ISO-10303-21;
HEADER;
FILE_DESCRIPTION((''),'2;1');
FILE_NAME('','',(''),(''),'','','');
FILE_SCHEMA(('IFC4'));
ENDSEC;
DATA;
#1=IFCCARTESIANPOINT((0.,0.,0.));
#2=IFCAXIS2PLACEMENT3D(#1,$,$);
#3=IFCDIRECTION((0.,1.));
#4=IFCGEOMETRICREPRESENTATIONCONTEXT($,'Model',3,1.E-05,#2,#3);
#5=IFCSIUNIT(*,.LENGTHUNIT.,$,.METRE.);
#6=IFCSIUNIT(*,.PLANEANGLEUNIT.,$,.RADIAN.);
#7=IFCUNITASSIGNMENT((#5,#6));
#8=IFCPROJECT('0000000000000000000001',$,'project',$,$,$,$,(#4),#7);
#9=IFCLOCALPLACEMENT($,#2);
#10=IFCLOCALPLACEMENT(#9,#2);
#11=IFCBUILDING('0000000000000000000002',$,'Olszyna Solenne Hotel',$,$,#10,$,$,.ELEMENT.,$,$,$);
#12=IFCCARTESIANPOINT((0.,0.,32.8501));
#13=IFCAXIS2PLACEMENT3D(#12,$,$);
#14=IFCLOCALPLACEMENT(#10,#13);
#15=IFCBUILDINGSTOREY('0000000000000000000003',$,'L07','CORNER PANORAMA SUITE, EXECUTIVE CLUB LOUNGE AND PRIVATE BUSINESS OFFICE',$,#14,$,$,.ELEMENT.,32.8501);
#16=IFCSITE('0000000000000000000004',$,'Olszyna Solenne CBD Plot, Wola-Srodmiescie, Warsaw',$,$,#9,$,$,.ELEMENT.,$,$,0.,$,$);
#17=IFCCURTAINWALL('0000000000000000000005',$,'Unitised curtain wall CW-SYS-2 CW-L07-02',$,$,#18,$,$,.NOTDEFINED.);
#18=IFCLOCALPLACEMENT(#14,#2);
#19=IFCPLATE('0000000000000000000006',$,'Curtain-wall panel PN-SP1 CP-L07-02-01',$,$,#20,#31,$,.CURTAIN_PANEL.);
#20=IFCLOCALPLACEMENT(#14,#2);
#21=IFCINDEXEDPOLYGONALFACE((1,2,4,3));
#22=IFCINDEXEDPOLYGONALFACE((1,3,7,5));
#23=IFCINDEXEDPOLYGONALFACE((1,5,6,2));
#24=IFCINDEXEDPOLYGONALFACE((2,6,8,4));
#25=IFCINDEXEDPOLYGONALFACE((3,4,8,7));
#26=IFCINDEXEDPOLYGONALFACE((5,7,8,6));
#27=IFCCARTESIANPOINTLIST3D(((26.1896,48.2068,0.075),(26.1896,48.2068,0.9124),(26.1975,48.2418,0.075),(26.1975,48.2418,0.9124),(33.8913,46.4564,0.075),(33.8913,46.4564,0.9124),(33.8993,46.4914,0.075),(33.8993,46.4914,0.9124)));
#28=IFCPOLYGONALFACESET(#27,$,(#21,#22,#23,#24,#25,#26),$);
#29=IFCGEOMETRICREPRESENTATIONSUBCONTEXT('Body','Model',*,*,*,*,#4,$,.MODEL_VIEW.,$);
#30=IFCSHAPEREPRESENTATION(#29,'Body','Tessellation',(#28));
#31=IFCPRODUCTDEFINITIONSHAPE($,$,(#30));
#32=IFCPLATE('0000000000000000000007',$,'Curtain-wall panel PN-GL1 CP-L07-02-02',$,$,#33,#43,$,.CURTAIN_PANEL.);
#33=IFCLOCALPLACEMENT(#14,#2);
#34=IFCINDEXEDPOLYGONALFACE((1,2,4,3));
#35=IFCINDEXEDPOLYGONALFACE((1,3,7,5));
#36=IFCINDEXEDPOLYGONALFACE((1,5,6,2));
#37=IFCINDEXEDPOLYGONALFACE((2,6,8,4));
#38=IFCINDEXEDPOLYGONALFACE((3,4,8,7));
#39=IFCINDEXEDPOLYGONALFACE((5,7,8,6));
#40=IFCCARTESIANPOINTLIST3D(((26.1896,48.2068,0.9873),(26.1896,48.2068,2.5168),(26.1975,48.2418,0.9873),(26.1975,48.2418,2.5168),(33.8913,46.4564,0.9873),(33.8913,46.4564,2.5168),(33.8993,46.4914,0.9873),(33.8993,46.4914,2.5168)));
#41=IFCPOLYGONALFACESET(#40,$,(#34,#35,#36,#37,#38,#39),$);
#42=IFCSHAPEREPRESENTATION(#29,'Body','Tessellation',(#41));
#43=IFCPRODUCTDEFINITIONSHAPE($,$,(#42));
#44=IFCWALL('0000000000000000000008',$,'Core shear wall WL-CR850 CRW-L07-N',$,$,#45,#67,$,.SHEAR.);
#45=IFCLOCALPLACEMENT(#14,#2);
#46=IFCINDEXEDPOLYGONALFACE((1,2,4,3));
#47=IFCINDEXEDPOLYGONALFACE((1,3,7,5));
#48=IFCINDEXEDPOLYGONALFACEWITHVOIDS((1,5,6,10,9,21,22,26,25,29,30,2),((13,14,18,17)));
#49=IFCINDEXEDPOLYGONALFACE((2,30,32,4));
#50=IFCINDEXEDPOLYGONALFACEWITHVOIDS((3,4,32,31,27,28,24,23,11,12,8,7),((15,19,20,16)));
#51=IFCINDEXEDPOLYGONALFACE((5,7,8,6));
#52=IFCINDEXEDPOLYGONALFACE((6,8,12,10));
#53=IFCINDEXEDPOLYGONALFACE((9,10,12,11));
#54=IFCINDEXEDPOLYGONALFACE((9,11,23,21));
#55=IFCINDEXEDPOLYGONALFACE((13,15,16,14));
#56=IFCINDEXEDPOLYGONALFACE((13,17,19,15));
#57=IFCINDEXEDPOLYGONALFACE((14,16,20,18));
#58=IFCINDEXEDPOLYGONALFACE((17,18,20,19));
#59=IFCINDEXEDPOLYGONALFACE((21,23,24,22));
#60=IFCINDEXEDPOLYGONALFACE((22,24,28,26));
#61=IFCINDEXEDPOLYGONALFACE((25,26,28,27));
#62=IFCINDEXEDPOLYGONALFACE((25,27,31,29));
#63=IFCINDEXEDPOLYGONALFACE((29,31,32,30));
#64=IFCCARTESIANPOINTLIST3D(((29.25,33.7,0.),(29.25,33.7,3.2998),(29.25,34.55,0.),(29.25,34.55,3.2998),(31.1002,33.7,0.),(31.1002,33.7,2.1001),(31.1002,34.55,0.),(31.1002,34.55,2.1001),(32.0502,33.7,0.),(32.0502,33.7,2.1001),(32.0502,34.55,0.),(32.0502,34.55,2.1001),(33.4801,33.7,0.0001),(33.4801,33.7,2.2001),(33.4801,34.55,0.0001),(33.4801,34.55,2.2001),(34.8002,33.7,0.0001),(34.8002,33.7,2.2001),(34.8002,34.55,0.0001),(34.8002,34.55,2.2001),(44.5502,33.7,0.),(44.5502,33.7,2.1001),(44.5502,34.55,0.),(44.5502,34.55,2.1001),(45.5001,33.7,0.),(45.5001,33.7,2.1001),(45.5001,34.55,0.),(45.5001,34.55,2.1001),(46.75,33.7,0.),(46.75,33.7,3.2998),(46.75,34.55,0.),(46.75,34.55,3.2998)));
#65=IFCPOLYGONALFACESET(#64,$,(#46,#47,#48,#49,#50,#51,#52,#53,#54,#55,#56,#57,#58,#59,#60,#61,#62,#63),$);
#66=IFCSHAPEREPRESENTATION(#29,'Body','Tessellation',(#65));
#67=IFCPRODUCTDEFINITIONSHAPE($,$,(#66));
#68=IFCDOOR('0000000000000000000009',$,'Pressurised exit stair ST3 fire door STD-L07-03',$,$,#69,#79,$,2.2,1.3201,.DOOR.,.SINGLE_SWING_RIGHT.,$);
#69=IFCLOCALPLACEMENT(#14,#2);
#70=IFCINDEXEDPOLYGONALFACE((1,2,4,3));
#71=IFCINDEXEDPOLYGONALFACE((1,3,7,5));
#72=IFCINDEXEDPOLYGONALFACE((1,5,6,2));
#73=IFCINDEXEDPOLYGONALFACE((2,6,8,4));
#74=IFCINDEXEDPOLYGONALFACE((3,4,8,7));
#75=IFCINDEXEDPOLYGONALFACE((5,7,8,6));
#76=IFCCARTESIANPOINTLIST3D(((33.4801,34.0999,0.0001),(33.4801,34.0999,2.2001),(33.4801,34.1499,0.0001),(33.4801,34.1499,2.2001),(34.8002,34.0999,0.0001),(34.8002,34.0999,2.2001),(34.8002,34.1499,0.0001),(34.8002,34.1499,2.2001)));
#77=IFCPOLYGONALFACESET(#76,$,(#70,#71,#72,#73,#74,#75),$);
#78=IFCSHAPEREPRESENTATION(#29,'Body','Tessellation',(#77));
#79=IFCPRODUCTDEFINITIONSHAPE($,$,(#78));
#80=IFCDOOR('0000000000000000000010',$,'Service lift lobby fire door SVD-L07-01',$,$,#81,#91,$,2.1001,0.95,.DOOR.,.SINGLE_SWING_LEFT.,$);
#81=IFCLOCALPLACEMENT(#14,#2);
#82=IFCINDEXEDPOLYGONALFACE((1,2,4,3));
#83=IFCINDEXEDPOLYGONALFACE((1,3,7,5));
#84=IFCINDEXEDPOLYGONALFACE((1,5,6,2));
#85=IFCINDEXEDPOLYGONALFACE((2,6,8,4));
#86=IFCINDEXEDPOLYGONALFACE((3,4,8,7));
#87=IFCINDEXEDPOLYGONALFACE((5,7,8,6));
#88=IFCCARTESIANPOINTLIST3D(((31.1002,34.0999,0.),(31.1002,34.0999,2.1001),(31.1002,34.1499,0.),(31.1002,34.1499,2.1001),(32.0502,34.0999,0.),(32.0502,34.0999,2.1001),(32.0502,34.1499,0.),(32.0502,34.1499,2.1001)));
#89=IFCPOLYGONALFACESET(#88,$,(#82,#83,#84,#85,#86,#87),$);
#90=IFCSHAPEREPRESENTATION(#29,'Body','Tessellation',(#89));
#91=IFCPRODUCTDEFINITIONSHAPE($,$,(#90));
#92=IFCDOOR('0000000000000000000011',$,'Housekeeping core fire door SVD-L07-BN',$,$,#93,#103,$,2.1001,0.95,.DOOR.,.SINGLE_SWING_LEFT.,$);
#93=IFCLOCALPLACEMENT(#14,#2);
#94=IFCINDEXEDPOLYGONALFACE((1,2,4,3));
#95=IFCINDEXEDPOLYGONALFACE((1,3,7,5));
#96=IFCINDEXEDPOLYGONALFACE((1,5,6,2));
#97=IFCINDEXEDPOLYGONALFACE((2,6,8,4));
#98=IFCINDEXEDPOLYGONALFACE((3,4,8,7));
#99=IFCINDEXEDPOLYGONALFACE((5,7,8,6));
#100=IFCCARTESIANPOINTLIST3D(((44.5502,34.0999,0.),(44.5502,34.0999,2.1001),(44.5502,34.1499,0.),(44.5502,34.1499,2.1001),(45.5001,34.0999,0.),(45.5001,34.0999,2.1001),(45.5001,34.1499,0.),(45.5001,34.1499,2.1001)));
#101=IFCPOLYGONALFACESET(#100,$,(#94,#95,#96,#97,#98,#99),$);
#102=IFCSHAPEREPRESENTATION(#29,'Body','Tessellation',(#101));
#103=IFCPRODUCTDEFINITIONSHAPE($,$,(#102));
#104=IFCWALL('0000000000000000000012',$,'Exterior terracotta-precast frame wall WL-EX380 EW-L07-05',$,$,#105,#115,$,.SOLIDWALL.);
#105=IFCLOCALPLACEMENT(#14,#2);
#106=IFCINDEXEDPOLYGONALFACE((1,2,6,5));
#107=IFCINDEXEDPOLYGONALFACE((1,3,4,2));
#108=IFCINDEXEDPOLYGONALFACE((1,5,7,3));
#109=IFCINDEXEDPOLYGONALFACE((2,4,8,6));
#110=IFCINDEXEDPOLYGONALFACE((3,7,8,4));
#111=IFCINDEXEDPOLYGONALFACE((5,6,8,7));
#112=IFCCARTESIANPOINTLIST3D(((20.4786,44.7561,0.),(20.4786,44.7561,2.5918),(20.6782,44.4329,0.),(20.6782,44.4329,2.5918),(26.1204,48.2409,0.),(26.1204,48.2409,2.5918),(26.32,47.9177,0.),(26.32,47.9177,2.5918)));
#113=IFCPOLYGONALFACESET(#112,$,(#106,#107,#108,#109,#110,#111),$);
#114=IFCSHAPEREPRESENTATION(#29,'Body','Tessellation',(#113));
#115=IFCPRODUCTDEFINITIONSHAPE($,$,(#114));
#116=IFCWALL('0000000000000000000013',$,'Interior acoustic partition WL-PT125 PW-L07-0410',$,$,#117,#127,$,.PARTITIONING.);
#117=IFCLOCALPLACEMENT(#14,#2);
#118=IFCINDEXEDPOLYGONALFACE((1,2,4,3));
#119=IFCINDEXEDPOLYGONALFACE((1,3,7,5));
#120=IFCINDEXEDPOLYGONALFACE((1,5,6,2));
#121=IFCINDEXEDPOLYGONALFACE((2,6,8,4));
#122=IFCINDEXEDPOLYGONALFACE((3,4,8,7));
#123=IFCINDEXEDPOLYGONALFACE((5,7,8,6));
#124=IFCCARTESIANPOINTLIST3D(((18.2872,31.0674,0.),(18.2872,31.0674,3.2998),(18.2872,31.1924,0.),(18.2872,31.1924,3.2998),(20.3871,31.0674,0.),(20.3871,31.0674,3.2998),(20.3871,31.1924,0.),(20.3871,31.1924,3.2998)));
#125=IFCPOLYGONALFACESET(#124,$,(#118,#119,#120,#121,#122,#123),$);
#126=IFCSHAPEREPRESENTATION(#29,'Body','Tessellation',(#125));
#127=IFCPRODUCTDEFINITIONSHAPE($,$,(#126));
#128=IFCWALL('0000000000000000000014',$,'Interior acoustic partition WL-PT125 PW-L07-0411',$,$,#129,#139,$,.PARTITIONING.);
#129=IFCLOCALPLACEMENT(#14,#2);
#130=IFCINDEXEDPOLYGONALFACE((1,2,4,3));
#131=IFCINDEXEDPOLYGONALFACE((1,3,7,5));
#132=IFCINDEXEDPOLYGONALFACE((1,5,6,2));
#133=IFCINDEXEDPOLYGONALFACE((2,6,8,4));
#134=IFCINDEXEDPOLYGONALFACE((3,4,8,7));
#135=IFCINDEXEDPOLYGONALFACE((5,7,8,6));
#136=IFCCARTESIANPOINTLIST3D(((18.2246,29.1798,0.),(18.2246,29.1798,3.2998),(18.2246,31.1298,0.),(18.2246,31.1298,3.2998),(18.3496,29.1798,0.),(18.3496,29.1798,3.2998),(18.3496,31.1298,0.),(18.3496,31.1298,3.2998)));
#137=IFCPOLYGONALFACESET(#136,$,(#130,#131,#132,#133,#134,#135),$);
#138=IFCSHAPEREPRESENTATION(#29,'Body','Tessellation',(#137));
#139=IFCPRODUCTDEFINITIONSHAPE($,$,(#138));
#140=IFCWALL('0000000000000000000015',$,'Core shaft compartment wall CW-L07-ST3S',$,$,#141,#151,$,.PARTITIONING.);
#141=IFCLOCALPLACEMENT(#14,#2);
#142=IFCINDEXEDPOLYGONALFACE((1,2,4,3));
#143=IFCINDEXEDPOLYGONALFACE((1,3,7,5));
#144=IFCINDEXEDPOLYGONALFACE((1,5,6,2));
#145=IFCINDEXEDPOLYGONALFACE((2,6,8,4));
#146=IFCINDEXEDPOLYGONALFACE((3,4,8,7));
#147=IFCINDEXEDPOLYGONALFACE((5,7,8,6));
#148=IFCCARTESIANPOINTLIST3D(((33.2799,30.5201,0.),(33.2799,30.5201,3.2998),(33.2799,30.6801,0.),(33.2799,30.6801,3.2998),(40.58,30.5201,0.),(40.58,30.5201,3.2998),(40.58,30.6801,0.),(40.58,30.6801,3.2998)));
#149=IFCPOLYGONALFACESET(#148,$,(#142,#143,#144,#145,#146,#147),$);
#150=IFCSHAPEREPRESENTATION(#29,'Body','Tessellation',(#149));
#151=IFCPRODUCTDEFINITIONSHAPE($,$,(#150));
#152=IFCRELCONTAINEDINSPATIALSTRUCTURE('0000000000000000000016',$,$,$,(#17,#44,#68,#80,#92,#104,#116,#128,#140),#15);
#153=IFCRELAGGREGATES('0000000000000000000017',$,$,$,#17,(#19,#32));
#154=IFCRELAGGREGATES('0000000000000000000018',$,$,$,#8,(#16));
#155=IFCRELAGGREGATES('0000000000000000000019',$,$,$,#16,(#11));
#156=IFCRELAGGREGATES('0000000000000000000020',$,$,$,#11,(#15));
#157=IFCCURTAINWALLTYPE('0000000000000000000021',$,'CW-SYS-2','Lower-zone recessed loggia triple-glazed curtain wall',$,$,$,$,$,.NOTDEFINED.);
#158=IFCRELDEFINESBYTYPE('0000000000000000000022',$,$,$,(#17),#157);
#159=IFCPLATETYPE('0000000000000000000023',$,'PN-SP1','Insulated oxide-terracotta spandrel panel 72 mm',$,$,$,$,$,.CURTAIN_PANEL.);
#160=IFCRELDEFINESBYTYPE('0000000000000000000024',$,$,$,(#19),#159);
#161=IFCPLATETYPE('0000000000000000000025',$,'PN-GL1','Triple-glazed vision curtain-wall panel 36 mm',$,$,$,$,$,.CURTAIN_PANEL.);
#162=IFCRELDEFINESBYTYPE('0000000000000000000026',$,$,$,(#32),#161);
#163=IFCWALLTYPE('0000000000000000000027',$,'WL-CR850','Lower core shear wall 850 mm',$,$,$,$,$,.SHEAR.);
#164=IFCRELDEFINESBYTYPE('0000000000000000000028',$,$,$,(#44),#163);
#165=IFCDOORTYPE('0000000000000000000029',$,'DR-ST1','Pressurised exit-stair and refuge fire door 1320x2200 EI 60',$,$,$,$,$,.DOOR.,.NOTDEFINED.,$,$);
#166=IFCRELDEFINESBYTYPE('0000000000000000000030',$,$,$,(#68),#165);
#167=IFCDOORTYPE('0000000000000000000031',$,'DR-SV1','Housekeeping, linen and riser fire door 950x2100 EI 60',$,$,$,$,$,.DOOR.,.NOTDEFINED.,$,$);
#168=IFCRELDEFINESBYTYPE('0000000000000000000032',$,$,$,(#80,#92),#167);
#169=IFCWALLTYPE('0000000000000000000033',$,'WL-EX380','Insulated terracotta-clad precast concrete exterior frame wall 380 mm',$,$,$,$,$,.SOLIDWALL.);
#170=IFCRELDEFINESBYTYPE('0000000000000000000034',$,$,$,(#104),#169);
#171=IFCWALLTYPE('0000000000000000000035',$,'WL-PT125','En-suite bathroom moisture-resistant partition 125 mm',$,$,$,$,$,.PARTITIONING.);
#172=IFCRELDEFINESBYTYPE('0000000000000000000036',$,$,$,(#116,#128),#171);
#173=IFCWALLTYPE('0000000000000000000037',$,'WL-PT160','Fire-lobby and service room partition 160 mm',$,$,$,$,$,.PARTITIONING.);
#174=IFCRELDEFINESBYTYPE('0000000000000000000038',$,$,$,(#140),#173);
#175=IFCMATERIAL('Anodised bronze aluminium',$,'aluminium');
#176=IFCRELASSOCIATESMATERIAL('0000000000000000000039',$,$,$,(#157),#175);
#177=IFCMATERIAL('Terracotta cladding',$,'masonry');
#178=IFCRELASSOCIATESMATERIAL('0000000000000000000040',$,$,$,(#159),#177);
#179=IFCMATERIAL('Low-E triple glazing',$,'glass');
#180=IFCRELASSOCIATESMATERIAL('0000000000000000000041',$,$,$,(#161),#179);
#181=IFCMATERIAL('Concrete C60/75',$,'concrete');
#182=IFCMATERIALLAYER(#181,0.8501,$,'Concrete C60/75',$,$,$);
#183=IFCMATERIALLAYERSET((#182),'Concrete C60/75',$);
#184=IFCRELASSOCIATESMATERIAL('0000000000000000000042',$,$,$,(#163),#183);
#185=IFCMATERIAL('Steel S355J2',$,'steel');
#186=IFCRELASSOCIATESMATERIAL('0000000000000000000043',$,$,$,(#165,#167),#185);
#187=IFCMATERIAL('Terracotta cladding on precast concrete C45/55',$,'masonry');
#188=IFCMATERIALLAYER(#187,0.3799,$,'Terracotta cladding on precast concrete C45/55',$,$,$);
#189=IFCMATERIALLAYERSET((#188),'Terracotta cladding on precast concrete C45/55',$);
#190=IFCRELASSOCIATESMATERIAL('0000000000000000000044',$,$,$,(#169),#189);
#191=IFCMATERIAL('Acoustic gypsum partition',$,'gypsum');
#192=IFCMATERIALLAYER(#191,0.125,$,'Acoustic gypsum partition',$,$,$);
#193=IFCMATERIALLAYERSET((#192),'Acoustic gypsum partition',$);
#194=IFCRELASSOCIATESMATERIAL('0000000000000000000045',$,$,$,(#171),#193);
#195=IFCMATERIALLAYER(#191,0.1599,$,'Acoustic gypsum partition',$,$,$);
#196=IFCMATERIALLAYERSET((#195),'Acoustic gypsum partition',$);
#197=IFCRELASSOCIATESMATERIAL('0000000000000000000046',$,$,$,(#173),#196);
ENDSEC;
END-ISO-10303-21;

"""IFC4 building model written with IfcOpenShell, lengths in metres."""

from ifc_helpers import new_model, si_unit, direction, frame, frame_2d, origin, origin_2d, place, context, subcontext, project, spatial, rectangle, extrude, source, transform, mapped, material, layer, layer_set, type_object, type_shapes, element, fill, aggregate, save


model = new_model("IFC4")

# Units and contexts
model_context = context("Model", 3, precision=1e-05, world=origin(), true_north=direction((0.0, 1.0)))
body_context = subcontext(model_context, "Body", "Model", "MODEL_VIEW")
ifc_project = project(units=[si_unit("LENGTHUNIT", "METRE"), si_unit("PLANEANGLEUNIT", "RADIAN")], contexts=[model_context])

# Site, building, storey
site_placement = place(None, origin())
site = spatial("IfcSite", under=ifc_project, at=site_placement, Name="Olszyna Solenne CBD Plot, Wola-Srodmiescie, Warsaw", CompositionType="ELEMENT", RefElevation=0.0)
building_placement = place(site_placement, origin())
building = spatial("IfcBuilding", under=site, at=building_placement, Name="Olszyna Solenne Hotel", CompositionType="ELEMENT")
storey_placement = place(building_placement, frame((0.0, 0.0, 32.8501)))
storey = spatial("IfcBuildingStorey", under=building, at=storey_placement, Name="L07", Description="CORNER PANORAMA SUITE, EXECUTIVE CLUB LOUNGE AND PRIVATE BUSINESS OFFICE", CompositionType="ELEMENT", Elevation=32.8501)

# Shared definitions
ifc_material_1 = material(Name="Steel S355J2", Category="steel")

# Curtain wall
ifc_material_2 = material(Name="Anodised bronze aluminium", Category="aluminium")
curtain_wall_type = type_object("IfcCurtainWallType", Name="CW-SYS-2", Description="Lower-zone recessed loggia triple-glazed curtain wall", PredefinedType="NOTDEFINED", material=ifc_material_2)
curtain_wall_placement = place(storey_placement, origin())
curtain_wall = element("IfcCurtainWall", 1, at=curtain_wall_placement, inside=storey, type_object=curtain_wall_type, Name="Unitised curtain wall CW-SYS-2 CW-L07-02", PredefinedType="NOTDEFINED")

# Plates
ifc_material_3 = material(Name="Terracotta cladding", Category="masonry")
plate_type_1 = type_object("IfcPlateType", Name="PN-SP1", Description="Insulated oxide-terracotta spandrel panel 72 mm", PredefinedType="CURTAIN_PANEL", material=ifc_material_3)
shared_shape_1 = source(origin(), body_context, "Body", "SweptSolid", [
    extrude(rectangle(XDim=7.8982, YDim=0.0359, at=origin_2d()), origin(), (0.0, 0.0, 1.0), 0.8374),
])
plate_1_placement = place(storey_placement, frame((30.0444, 47.3491, 0.075), z_axis=(0.0, 0.0, 1.0), x_axis=(0.975133, -0.221622, 0.0)))
plate_1 = element("IfcPlate", 2, at=plate_1_placement, type_object=plate_type_1, Name="Curtain-wall panel PN-SP1 CP-L07-02-01", PredefinedType="CURTAIN_PANEL", context=body_context, shape_type="MappedRepresentation", body=[
    mapped(shared_shape_1, transform((0.0, 0.0, 0.0), x_axis=(1.0, 0.0, 0.0), y_axis=(0.0, 1.0, 0.0), z_axis=(0.0, 0.0, 1.0), scale=1.0)),
])
ifc_material_4 = material(Name="Low-E triple glazing", Category="glass")
plate_type_2 = type_object("IfcPlateType", Name="PN-GL1", Description="Triple-glazed vision curtain-wall panel 36 mm", PredefinedType="CURTAIN_PANEL", material=ifc_material_4)
shared_shape_2 = source(origin(), body_context, "Body", "SweptSolid", [
    extrude(rectangle(XDim=7.8982, YDim=0.0359, at=origin_2d()), origin(), (0.0, 0.0, 1.0), 1.5295),
])
plate_2_placement = place(storey_placement, frame((30.0444, 47.3491, 0.9873), z_axis=(0.0, 0.0, 1.0), x_axis=(0.975133, -0.221622, 0.0)))
plate_2 = element("IfcPlate", 3, at=plate_2_placement, type_object=plate_type_2, Name="Curtain-wall panel PN-GL1 CP-L07-02-02", PredefinedType="CURTAIN_PANEL", context=body_context, shape_type="MappedRepresentation", body=[
    mapped(shared_shape_2, transform((0.0, 0.0, 0.0), x_axis=(1.0, 0.0, 0.0), y_axis=(0.0, 1.0, 0.0), z_axis=(0.0, 0.0, 1.0), scale=1.0)),
])
aggregate(curtain_wall, [plate_1, plate_2])

# Wall, openings, doors
ifc_material_5 = material(Name="Concrete C60/75", Category="concrete")
ifc_layer_1 = layer(ifc_material_5, 0.8501, Name="Concrete C60/75")
ifc_layer_set_1 = layer_set([ifc_layer_1], Name="Concrete C60/75")
wall_type_1 = type_object("IfcWallType", Name="WL-CR850", Description="Lower core shear wall 850 mm", PredefinedType="SHEAR", material=ifc_layer_set_1)
wall_1_placement = place(storey_placement, frame((29.25, 34.125, 0.0), z_axis=(0.0, 0.0, 1.0), x_axis=(1.0, 0.0, 0.0)))
wall_1 = element("IfcWall", 4, at=wall_1_placement, inside=storey, type_object=wall_type_1, Name="Core shear wall WL-CR850 CRW-L07-N", PredefinedType="SHEAR", context=body_context, shape_type="SweptSolid", body=[
    extrude(rectangle(XDim=17.5, YDim=0.8501, at=frame_2d((8.75, 0.0))), origin(), (0.0, 0.0, 1.0), 3.2998),
])
opening_1_placement = place(wall_1_placement, frame((1.8501, 0.0, 0.0)))
opening_1 = element("IfcOpeningElement", 5, at=opening_1_placement, cuts=wall_1, PredefinedType="OPENING", context=body_context, shape_type="SweptSolid", body=[
    extrude(rectangle(XDim=0.95, YDim=2.1001, at=frame_2d((0.4751, 1.05))), frame((0.0, 0.4351, 0.0), z_axis=(0.0, -1.0, 0.0), x_axis=(1.0, 0.0, 0.0)), (0.0, 0.0, 1.0), 0.8701),
])
opening_2_placement = place(wall_1_placement, frame((4.23, 0.0, 0.0)))
opening_2 = element("IfcOpeningElement", 6, at=opening_2_placement, cuts=wall_1, PredefinedType="OPENING", context=body_context, shape_type="SweptSolid", body=[
    extrude(rectangle(XDim=1.3201, YDim=2.2, at=frame_2d((0.6602, 1.1001))), frame((0.0, 0.4351, 0.0), z_axis=(0.0, -1.0, 0.0), x_axis=(1.0, 0.0, 0.0)), (0.0, 0.0, 1.0), 0.8701),
])
opening_3_placement = place(wall_1_placement, frame((15.3, 0.0, 0.0)))
opening_3 = element("IfcOpeningElement", 7, at=opening_3_placement, cuts=wall_1, PredefinedType="OPENING", context=body_context, shape_type="SweptSolid", body=[
    extrude(rectangle(XDim=0.95, YDim=2.1001, at=frame_2d((0.4751, 1.05))), frame((0.0, 0.4351, 0.0), z_axis=(0.0, -1.0, 0.0), x_axis=(1.0, 0.0, 0.0)), (0.0, 0.0, 1.0), 0.8701),
])
door_type_1 = type_object("IfcDoorType", Name="DR-ST1", Description="Pressurised exit-stair and refuge fire door 1320x2200 EI 60", OperationType="NOTDEFINED", PredefinedType="DOOR", material=ifc_material_1)
shared_shape_3 = source(origin(), body_context, "Body", "SweptSolid", [
    extrude(rectangle(XDim=1.3201, YDim=2.2, at=frame_2d((0.6602, 1.1001))), frame((0.0, 0.0249, 0.0), z_axis=(0.0, -1.0, 0.0), x_axis=(1.0, 0.0, 0.0)), (0.0, 0.0, 1.0), 0.05),
])
type_shapes(door_type_1, [shared_shape_3])
door_1_placement = place(opening_2_placement, origin())
door_1 = element("IfcDoor", 8, at=door_1_placement, inside=storey, type_object=door_type_1, Name="Pressurised exit stair ST3 fire door STD-L07-03", OperationType="SINGLE_SWING_RIGHT", OverallHeight=2.2, OverallWidth=1.3201, PredefinedType="DOOR", context=body_context, shape_type="MappedRepresentation", body=[
    mapped(shared_shape_3, transform((0.0, 0.0, 0.0), x_axis=(1.0, 0.0, 0.0), y_axis=(0.0, 1.0, 0.0), z_axis=(0.0, 0.0, 1.0), scale=1.0)),
])
fill(opening_2, door_1)
door_type_2 = type_object("IfcDoorType", Name="DR-SV1", Description="Housekeeping, linen and riser fire door 950x2100 EI 60", OperationType="NOTDEFINED", PredefinedType="DOOR", material=ifc_material_1)
shared_shape_4 = source(origin(), body_context, "Body", "SweptSolid", [
    extrude(rectangle(XDim=0.95, YDim=2.1001, at=frame_2d((0.4751, 1.05))), frame((0.0, 0.0249, 0.0), z_axis=(0.0, -1.0, 0.0), x_axis=(1.0, 0.0, 0.0)), (0.0, 0.0, 1.0), 0.05),
])
type_shapes(door_type_2, [shared_shape_4])
door_2_placement = place(opening_1_placement, origin())
door_2 = element("IfcDoor", 9, at=door_2_placement, inside=storey, type_object=door_type_2, Name="Service lift lobby fire door SVD-L07-01", OperationType="SINGLE_SWING_LEFT", OverallHeight=2.1001, OverallWidth=0.95, PredefinedType="DOOR", context=body_context, shape_type="MappedRepresentation", body=[
    mapped(shared_shape_4, transform((0.0, 0.0, 0.0), x_axis=(1.0, 0.0, 0.0), y_axis=(0.0, 1.0, 0.0), z_axis=(0.0, 0.0, 1.0), scale=1.0)),
])
fill(opening_1, door_2)
door_3_placement = place(opening_3_placement, origin())
door_3 = element("IfcDoor", 10, at=door_3_placement, inside=storey, type_object=door_type_2, Name="Housekeeping core fire door SVD-L07-BN", OperationType="SINGLE_SWING_LEFT", OverallHeight=2.1001, OverallWidth=0.95, PredefinedType="DOOR", context=body_context, shape_type="MappedRepresentation", body=[
    mapped(shared_shape_4, transform((0.0, 0.0, 0.0), x_axis=(1.0, 0.0, 0.0), y_axis=(0.0, 1.0, 0.0), z_axis=(0.0, 0.0, 1.0), scale=1.0)),
])
fill(opening_3, door_3)

# Walls
ifc_material_6 = material(Name="Terracotta cladding on precast concrete C45/55", Category="masonry")
ifc_layer_2 = layer(ifc_material_6, 0.3799, Name="Terracotta cladding on precast concrete C45/55")
ifc_layer_set_2 = layer_set([ifc_layer_2], Name="Terracotta cladding on precast concrete C45/55")
wall_type_2 = type_object("IfcWallType", Name="WL-EX380", Description="Insulated terracotta-clad precast concrete exterior frame wall 380 mm", PredefinedType="SOLIDWALL", material=ifc_layer_set_2)
wall_2_placement = place(storey_placement, frame((20.5784, 44.5945, 0.0), z_axis=(0.0, 0.0, 1.0), x_axis=(0.850785, 0.525514, 0.0)))
element("IfcWall", 11, at=wall_2_placement, inside=storey, type_object=wall_type_2, Name="Exterior terracotta-precast frame wall WL-EX380 EW-L07-05", PredefinedType="SOLIDWALL", context=body_context, shape_type="SweptSolid", body=[
    extrude(rectangle(XDim=6.6313, YDim=0.3799, at=frame_2d((3.3157, 0.0))), origin(), (0.0, 0.0, 1.0), 2.5918),
])
ifc_material_7 = material(Name="Acoustic gypsum partition", Category="gypsum")
ifc_layer_3 = layer(ifc_material_7, 0.125, Name="Acoustic gypsum partition")
ifc_layer_set_3 = layer_set([ifc_layer_3], Name="Acoustic gypsum partition")
wall_type_3 = type_object("IfcWallType", Name="WL-PT125", Description="En-suite bathroom moisture-resistant partition 125 mm", PredefinedType="PARTITIONING", material=ifc_layer_set_3)
wall_3_placement = place(storey_placement, frame((20.387, 31.1299, 0.0), z_axis=(0.0, 0.0, 1.0), x_axis=(-1.0, 0.0, 0.0)))
element("IfcWall", 12, at=wall_3_placement, inside=storey, type_object=wall_type_3, Name="Interior acoustic partition WL-PT125 PW-L07-0410", PredefinedType="PARTITIONING", context=body_context, shape_type="SweptSolid", body=[
    extrude(rectangle(XDim=2.0999, YDim=0.125, at=frame_2d((1.0498, 0.0))), origin(), (0.0, 0.0, 1.0), 3.2998),
])
wall_4_placement = place(storey_placement, frame((18.2871, 31.1299, 0.0), z_axis=(0.0, 0.0, 1.0), x_axis=(0.0, -1.0, 0.0)))
element("IfcWall", 13, at=wall_4_placement, inside=storey, type_object=wall_type_3, Name="Interior acoustic partition WL-PT125 PW-L07-0411", PredefinedType="PARTITIONING", context=body_context, shape_type="SweptSolid", body=[
    extrude(rectangle(XDim=1.95, YDim=0.125, at=frame_2d((0.9751, 0.0))), origin(), (0.0, 0.0, 1.0), 3.2998),
])
ifc_layer_4 = layer(ifc_material_7, 0.1599, Name="Acoustic gypsum partition")
ifc_layer_set_4 = layer_set([ifc_layer_4], Name="Acoustic gypsum partition")
wall_type_4 = type_object("IfcWallType", Name="WL-PT160", Description="Fire-lobby and service room partition 160 mm", PredefinedType="PARTITIONING", material=ifc_layer_set_4)
wall_5_placement = place(storey_placement, frame((33.28, 30.6001, 0.0), z_axis=(0.0, 0.0, 1.0), x_axis=(1.0, 0.0, 0.0)))
element("IfcWall", 14, at=wall_5_placement, inside=storey, type_object=wall_type_4, Name="Core shaft compartment wall CW-L07-ST3S", PredefinedType="PARTITIONING", context=body_context, shape_type="SweptSolid", body=[
    extrude(rectangle(XDim=7.3, YDim=0.1599, at=frame_2d((3.6499, 0.0))), origin(), (0.0, 0.0, 1.0), 3.2998),
])

save(model, "model.ifc")
